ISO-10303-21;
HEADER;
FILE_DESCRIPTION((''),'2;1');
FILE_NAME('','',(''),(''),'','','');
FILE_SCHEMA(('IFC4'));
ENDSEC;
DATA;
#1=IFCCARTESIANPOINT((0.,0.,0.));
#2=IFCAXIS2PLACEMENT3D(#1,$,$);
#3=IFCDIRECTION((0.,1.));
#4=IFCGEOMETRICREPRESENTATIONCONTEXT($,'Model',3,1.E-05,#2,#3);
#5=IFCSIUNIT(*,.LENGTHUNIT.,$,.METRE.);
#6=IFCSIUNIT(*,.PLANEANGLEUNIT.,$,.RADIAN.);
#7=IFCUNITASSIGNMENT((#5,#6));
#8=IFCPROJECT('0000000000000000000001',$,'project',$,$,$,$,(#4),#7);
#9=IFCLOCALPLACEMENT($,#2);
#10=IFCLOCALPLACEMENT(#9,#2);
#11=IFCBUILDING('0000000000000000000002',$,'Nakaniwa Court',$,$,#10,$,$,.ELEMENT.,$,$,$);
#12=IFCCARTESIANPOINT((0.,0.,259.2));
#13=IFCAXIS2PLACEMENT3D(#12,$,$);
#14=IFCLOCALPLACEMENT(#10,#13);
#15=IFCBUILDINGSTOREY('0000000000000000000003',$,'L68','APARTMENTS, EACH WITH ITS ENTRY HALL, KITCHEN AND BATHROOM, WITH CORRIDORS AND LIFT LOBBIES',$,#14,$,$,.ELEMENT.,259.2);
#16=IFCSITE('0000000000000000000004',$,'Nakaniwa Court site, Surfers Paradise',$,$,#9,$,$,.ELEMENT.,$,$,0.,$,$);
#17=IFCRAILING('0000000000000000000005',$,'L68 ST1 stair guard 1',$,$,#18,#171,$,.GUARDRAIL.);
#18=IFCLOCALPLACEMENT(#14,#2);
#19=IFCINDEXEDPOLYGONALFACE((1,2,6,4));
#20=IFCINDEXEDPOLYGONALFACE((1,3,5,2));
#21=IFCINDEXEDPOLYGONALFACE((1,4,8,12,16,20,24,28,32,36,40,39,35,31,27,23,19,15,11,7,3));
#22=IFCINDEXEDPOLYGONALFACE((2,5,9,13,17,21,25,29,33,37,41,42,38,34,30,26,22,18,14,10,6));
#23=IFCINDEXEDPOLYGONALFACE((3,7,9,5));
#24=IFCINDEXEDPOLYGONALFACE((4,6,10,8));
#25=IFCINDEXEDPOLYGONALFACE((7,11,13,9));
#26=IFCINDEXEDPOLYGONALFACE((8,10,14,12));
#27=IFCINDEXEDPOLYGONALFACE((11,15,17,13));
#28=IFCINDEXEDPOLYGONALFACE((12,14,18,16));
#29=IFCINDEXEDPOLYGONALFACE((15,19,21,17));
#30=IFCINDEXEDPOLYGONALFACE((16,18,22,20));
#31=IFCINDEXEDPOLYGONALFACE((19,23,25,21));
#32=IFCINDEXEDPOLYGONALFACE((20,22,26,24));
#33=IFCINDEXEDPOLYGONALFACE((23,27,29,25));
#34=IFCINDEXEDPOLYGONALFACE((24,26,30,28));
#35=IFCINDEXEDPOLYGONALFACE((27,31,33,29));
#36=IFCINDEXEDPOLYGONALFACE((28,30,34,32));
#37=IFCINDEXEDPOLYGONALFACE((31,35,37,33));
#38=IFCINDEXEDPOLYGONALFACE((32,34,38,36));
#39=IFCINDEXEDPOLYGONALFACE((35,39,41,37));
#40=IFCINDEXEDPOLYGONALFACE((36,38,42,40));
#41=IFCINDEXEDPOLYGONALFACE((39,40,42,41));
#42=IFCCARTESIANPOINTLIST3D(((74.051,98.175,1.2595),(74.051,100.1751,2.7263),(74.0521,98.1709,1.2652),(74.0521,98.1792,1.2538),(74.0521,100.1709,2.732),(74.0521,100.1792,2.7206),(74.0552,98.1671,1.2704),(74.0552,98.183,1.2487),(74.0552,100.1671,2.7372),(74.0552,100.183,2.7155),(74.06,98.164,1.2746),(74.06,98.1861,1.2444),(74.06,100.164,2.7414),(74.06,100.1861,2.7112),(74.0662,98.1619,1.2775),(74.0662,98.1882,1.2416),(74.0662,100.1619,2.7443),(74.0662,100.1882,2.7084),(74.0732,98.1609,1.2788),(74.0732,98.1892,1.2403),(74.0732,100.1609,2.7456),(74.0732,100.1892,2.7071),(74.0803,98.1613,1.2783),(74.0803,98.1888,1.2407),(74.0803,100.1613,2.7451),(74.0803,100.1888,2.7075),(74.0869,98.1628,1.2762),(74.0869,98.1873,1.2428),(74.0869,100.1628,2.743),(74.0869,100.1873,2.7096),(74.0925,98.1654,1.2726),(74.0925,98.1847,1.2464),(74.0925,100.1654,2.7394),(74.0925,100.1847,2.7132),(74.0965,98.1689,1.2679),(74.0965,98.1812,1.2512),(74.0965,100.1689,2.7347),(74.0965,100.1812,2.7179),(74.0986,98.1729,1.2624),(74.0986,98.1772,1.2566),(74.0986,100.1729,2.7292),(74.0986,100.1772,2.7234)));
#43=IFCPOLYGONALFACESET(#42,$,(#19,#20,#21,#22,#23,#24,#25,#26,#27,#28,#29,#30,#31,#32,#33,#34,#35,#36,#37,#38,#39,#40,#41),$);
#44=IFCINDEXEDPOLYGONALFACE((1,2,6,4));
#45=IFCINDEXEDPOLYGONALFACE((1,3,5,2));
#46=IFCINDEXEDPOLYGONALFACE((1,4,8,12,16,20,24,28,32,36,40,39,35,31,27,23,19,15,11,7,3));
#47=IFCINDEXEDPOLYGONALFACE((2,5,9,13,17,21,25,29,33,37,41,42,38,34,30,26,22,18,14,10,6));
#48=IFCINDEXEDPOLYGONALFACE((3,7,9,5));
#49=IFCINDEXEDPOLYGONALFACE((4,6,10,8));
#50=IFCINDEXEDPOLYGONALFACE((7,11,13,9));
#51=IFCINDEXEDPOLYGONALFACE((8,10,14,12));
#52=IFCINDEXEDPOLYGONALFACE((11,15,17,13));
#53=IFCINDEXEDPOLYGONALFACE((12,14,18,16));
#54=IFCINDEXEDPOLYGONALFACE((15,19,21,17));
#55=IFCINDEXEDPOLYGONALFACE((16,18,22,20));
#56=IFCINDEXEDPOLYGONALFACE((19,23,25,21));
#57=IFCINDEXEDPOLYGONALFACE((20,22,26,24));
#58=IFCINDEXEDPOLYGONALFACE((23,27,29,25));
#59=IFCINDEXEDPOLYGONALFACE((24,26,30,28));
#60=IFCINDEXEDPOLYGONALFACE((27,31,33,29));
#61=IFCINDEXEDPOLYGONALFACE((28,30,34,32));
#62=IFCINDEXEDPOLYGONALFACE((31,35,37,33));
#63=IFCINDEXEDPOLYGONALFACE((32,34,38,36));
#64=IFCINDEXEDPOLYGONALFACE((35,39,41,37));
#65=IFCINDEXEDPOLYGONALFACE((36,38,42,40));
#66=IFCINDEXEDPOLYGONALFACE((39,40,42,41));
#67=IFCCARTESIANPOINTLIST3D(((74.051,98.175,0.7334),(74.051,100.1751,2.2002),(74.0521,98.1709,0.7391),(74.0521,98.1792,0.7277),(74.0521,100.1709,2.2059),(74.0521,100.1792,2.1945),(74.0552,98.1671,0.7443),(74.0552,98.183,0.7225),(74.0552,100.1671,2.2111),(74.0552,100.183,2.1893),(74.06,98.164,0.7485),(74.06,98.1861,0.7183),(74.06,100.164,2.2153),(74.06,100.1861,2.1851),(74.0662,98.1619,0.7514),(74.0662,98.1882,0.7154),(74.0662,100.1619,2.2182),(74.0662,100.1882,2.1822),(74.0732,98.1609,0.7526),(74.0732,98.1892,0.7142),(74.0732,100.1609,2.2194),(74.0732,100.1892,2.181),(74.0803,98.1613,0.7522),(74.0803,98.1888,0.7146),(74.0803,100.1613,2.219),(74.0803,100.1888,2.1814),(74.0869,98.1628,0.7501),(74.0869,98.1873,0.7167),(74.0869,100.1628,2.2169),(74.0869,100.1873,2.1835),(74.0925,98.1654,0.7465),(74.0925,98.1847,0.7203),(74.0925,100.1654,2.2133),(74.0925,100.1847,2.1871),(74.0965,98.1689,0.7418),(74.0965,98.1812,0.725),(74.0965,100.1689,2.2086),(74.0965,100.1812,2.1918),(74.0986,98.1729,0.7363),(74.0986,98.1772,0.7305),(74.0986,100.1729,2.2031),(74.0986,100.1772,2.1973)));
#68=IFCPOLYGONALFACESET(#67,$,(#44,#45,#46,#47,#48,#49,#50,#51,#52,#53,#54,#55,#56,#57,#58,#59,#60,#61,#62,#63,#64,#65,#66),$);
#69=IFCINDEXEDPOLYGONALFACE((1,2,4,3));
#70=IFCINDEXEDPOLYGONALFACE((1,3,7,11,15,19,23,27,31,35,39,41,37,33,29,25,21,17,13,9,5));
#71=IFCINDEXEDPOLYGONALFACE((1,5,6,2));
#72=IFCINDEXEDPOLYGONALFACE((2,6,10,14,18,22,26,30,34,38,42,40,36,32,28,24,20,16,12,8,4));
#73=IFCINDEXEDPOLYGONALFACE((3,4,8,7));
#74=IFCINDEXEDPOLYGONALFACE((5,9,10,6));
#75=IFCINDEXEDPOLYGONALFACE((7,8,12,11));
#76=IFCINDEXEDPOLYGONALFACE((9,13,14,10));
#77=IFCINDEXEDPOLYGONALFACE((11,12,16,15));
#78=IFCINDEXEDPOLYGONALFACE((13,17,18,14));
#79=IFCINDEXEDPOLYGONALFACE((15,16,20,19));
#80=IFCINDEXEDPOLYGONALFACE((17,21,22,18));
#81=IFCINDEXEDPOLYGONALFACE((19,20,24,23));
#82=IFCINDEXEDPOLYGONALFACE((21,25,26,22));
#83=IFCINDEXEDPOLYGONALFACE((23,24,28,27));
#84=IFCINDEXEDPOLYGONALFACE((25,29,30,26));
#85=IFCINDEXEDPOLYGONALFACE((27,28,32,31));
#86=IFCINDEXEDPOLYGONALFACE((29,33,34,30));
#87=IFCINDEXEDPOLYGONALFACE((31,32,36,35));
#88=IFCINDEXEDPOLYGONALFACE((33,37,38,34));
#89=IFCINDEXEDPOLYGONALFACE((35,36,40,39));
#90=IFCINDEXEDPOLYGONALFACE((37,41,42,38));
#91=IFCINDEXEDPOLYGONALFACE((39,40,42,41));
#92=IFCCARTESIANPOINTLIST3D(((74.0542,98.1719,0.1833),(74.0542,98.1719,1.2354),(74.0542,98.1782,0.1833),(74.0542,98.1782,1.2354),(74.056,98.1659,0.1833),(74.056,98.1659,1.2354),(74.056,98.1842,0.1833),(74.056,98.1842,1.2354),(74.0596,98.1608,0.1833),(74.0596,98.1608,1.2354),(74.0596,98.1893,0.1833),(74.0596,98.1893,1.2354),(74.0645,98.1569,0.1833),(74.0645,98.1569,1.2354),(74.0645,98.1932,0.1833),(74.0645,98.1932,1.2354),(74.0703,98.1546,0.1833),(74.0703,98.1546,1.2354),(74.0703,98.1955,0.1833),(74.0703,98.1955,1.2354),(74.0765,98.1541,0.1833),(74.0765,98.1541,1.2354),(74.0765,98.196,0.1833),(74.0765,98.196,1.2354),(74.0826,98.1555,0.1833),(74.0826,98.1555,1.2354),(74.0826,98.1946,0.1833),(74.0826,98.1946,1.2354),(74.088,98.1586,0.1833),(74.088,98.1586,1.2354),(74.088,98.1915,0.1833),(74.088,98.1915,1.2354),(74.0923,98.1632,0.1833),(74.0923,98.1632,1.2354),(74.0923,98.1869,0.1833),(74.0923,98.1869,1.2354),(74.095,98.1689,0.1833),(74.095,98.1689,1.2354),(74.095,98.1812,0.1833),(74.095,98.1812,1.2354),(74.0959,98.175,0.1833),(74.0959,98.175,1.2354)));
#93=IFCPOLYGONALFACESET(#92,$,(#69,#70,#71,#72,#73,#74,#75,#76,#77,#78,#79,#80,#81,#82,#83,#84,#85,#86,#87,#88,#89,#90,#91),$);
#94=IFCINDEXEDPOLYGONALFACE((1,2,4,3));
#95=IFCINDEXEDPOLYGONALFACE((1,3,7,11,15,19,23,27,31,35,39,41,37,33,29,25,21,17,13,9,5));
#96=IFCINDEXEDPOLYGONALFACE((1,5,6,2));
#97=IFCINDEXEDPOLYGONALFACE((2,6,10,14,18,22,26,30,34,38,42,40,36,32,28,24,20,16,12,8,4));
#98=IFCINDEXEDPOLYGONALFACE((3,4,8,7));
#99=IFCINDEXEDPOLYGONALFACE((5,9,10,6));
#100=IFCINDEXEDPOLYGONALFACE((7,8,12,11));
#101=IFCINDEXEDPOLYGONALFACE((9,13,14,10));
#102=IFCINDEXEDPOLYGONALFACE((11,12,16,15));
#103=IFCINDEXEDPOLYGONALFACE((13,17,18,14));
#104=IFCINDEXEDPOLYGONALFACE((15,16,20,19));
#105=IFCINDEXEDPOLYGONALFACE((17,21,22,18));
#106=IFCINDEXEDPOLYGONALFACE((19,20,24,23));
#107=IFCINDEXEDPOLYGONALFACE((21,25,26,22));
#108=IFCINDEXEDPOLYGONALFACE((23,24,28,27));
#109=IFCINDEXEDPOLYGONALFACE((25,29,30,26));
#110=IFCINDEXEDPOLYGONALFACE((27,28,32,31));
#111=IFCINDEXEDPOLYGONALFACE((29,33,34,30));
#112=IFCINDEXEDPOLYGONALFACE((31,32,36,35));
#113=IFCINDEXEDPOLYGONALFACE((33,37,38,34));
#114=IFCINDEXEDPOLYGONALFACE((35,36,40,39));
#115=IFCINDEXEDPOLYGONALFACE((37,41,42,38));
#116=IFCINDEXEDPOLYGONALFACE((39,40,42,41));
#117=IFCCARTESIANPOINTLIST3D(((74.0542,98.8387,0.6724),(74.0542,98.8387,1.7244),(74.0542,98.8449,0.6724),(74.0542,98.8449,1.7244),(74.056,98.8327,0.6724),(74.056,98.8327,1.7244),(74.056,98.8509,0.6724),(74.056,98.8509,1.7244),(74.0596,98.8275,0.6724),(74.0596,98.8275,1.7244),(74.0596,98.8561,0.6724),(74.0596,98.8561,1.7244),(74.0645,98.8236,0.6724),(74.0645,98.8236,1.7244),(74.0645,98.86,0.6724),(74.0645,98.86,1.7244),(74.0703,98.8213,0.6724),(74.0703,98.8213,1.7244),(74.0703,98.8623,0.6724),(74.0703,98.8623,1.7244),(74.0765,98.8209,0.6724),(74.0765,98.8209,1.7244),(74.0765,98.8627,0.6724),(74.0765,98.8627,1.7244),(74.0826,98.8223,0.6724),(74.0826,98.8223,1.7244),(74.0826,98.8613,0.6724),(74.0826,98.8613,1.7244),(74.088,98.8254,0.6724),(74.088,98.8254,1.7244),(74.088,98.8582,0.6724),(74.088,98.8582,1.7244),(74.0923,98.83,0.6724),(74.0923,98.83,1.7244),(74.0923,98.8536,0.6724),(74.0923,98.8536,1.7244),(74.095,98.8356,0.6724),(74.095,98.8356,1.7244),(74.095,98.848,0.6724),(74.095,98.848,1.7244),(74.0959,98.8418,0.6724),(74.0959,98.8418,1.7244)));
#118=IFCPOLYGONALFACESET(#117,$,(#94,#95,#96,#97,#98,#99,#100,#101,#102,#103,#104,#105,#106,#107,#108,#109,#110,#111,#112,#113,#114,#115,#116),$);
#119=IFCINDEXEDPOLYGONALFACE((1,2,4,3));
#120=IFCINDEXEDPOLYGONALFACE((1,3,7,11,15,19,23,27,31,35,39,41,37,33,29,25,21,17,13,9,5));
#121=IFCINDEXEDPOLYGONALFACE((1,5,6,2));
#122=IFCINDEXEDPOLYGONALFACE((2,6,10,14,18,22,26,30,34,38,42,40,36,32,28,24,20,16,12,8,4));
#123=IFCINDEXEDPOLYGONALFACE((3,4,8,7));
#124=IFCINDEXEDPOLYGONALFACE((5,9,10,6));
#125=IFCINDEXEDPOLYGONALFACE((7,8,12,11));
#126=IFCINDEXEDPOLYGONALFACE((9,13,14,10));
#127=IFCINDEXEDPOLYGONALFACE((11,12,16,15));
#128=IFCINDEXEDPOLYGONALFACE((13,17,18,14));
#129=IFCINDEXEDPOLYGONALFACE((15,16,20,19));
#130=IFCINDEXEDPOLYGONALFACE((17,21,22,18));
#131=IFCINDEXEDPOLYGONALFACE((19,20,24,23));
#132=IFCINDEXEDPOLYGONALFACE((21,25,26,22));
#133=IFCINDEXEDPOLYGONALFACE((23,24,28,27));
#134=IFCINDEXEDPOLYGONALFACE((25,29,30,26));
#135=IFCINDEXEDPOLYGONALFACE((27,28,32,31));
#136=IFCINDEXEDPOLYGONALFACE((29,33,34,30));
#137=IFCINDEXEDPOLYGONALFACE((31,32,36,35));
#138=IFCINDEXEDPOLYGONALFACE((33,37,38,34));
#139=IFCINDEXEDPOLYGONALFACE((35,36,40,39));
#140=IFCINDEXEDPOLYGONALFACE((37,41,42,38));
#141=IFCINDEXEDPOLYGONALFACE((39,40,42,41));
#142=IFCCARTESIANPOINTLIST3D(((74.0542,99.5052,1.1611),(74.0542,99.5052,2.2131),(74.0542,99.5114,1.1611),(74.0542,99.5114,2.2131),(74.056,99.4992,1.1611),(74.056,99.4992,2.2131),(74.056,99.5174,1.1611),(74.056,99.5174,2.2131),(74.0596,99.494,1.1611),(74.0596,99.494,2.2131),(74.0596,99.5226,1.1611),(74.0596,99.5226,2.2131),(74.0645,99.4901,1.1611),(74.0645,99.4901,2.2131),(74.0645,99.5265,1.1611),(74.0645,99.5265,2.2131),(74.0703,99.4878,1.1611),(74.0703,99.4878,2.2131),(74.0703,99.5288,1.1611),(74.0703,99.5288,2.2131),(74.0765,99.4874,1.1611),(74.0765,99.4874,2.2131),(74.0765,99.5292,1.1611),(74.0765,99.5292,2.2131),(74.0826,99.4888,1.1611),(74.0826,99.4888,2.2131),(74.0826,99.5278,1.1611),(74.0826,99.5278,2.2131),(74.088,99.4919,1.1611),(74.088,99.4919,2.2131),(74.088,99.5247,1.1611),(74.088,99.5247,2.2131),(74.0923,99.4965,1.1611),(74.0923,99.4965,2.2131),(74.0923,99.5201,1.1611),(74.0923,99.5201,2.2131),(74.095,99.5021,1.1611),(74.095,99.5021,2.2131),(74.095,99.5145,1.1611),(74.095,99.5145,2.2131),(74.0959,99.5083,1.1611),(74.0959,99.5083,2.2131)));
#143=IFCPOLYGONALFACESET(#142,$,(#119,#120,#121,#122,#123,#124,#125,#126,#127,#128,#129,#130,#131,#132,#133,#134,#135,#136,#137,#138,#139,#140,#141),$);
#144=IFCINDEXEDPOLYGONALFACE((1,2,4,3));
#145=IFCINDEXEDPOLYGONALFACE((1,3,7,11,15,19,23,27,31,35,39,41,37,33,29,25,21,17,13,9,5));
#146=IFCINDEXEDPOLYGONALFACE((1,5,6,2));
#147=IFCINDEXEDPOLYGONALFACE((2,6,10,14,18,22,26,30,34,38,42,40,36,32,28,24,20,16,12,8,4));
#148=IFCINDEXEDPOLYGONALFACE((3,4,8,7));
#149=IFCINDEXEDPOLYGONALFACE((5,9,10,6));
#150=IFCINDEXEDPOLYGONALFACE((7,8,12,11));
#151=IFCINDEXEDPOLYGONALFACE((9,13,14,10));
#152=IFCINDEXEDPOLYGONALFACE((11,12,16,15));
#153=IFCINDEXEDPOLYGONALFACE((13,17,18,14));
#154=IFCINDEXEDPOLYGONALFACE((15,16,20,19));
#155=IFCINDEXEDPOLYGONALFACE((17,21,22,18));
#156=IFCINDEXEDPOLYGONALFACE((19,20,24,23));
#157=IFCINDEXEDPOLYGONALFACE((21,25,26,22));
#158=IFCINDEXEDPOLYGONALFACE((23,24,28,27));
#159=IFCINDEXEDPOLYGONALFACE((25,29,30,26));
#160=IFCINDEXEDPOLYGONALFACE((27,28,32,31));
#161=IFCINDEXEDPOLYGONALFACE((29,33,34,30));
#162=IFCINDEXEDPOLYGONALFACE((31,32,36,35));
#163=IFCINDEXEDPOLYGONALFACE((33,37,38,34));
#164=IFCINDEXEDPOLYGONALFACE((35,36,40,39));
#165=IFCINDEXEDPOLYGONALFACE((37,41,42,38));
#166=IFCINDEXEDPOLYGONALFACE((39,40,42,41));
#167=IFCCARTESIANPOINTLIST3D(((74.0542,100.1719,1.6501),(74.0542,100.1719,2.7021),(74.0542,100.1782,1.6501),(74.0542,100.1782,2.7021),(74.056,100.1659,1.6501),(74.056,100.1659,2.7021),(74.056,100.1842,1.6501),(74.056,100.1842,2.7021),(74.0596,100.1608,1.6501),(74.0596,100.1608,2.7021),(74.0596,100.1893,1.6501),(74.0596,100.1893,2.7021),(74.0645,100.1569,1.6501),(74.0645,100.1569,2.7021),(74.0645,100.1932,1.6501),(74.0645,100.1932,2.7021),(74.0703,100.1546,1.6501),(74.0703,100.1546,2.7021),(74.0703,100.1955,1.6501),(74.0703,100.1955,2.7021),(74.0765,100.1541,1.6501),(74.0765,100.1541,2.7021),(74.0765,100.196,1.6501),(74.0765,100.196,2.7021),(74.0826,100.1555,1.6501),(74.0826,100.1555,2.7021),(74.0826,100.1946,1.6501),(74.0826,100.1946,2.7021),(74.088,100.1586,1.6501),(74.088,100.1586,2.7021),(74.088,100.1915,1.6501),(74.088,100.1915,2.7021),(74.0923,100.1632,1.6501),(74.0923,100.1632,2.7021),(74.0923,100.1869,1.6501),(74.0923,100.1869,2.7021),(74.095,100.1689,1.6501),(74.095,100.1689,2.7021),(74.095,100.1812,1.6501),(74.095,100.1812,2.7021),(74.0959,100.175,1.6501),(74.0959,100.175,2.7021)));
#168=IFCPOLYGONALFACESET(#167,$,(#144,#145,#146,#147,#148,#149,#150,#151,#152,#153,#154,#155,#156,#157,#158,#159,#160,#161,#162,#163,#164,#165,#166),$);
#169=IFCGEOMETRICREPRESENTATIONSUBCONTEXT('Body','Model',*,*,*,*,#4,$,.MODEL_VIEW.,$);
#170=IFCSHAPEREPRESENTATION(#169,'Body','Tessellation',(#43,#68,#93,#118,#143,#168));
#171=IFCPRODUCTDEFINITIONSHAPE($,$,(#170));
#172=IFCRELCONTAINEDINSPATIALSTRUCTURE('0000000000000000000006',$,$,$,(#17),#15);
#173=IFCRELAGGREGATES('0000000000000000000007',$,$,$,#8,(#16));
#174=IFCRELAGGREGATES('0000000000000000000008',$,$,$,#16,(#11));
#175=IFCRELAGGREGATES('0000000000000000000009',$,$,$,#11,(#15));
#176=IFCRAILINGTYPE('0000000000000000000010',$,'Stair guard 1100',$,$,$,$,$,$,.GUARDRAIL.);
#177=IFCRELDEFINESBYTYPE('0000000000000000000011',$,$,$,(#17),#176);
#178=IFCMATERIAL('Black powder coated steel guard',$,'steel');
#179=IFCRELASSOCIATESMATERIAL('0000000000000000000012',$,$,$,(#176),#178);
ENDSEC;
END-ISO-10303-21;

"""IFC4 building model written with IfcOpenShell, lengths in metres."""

from ifc_helpers import new_model, si_unit, direction, frame, origin, origin_2d, place, context, subcontext, project, spatial, circle, extrude, material, type_object, element, save


model = new_model("IFC4")

# Units and contexts
model_context = context("Model", 3, precision=1e-05, world=origin(), true_north=direction((0.0, 1.0)))
body_context = subcontext(model_context, "Body", "Model", "MODEL_VIEW")
ifc_project = project(units=[si_unit("LENGTHUNIT", "METRE"), si_unit("PLANEANGLEUNIT", "RADIAN")], contexts=[model_context])

# Site, building, storey
site_placement = place(None, origin())
site = spatial("IfcSite", under=ifc_project, at=site_placement, Name="Nakaniwa Court site, Surfers Paradise", CompositionType="ELEMENT", RefElevation=0.0)
building_placement = place(site_placement, origin())
building = spatial("IfcBuilding", under=site, at=building_placement, Name="Nakaniwa Court", CompositionType="ELEMENT")
storey_placement = place(building_placement, frame((0.0, 0.0, 259.2)))
storey = spatial("IfcBuildingStorey", under=building, at=storey_placement, Name="L68", Description="APARTMENTS, EACH WITH ITS ENTRY HALL, KITCHEN AND BATHROOM, WITH CORRIDORS AND LIFT LOBBIES", CompositionType="ELEMENT", Elevation=259.2)

# Railing
ifc_material_1 = material(Name="Black powder coated steel guard", Category="steel")
railing_type_1 = type_object("IfcRailingType", Name="Stair guard 1100", PredefinedType="GUARDRAIL", material=ifc_material_1)
railing_1_placement = place(storey_placement, frame((74.075, 98.175, 0.1833)))
element("IfcRailing", 1, at=railing_1_placement, inside=storey, type_object=railing_type_1, Name="L68 ST1 stair guard 1", PredefinedType="GUARDRAIL", context=body_context, shape_type="SweptSolid", body=[
    extrude(circle(Radius=0.0239, at=origin_2d()), frame((0.0, 0.0, 1.0762), z_axis=(0.0, 0.80638, 0.591398), x_axis=(-1.0, 0.0, 0.0)), (0.0, 0.0, 1.0), 2.4802),
    extrude(circle(Radius=0.0239, at=origin_2d()), frame((0.0, 0.0, 0.55), z_axis=(0.0, 0.80638, 0.591398), x_axis=(-1.0, 0.0, 0.0)), (0.0, 0.0, 1.0), 2.4802),
    extrude(circle(Radius=0.021, at=origin_2d()), origin(), (0.0, 0.0, 1.0), 1.052),
    extrude(circle(Radius=0.021, at=origin_2d()), frame((0.0, 0.6667, 0.489)), (0.0, 0.0, 1.0), 1.052),
    extrude(circle(Radius=0.021, at=origin_2d()), frame((0.0, 1.3333, 0.9778)), (0.0, 0.0, 1.0), 1.052),
    extrude(circle(Radius=0.021, at=origin_2d()), frame((0.0, 2.0, 1.4668)), (0.0, 0.0, 1.0), 1.052),
])

save(model, "model.ifc")
